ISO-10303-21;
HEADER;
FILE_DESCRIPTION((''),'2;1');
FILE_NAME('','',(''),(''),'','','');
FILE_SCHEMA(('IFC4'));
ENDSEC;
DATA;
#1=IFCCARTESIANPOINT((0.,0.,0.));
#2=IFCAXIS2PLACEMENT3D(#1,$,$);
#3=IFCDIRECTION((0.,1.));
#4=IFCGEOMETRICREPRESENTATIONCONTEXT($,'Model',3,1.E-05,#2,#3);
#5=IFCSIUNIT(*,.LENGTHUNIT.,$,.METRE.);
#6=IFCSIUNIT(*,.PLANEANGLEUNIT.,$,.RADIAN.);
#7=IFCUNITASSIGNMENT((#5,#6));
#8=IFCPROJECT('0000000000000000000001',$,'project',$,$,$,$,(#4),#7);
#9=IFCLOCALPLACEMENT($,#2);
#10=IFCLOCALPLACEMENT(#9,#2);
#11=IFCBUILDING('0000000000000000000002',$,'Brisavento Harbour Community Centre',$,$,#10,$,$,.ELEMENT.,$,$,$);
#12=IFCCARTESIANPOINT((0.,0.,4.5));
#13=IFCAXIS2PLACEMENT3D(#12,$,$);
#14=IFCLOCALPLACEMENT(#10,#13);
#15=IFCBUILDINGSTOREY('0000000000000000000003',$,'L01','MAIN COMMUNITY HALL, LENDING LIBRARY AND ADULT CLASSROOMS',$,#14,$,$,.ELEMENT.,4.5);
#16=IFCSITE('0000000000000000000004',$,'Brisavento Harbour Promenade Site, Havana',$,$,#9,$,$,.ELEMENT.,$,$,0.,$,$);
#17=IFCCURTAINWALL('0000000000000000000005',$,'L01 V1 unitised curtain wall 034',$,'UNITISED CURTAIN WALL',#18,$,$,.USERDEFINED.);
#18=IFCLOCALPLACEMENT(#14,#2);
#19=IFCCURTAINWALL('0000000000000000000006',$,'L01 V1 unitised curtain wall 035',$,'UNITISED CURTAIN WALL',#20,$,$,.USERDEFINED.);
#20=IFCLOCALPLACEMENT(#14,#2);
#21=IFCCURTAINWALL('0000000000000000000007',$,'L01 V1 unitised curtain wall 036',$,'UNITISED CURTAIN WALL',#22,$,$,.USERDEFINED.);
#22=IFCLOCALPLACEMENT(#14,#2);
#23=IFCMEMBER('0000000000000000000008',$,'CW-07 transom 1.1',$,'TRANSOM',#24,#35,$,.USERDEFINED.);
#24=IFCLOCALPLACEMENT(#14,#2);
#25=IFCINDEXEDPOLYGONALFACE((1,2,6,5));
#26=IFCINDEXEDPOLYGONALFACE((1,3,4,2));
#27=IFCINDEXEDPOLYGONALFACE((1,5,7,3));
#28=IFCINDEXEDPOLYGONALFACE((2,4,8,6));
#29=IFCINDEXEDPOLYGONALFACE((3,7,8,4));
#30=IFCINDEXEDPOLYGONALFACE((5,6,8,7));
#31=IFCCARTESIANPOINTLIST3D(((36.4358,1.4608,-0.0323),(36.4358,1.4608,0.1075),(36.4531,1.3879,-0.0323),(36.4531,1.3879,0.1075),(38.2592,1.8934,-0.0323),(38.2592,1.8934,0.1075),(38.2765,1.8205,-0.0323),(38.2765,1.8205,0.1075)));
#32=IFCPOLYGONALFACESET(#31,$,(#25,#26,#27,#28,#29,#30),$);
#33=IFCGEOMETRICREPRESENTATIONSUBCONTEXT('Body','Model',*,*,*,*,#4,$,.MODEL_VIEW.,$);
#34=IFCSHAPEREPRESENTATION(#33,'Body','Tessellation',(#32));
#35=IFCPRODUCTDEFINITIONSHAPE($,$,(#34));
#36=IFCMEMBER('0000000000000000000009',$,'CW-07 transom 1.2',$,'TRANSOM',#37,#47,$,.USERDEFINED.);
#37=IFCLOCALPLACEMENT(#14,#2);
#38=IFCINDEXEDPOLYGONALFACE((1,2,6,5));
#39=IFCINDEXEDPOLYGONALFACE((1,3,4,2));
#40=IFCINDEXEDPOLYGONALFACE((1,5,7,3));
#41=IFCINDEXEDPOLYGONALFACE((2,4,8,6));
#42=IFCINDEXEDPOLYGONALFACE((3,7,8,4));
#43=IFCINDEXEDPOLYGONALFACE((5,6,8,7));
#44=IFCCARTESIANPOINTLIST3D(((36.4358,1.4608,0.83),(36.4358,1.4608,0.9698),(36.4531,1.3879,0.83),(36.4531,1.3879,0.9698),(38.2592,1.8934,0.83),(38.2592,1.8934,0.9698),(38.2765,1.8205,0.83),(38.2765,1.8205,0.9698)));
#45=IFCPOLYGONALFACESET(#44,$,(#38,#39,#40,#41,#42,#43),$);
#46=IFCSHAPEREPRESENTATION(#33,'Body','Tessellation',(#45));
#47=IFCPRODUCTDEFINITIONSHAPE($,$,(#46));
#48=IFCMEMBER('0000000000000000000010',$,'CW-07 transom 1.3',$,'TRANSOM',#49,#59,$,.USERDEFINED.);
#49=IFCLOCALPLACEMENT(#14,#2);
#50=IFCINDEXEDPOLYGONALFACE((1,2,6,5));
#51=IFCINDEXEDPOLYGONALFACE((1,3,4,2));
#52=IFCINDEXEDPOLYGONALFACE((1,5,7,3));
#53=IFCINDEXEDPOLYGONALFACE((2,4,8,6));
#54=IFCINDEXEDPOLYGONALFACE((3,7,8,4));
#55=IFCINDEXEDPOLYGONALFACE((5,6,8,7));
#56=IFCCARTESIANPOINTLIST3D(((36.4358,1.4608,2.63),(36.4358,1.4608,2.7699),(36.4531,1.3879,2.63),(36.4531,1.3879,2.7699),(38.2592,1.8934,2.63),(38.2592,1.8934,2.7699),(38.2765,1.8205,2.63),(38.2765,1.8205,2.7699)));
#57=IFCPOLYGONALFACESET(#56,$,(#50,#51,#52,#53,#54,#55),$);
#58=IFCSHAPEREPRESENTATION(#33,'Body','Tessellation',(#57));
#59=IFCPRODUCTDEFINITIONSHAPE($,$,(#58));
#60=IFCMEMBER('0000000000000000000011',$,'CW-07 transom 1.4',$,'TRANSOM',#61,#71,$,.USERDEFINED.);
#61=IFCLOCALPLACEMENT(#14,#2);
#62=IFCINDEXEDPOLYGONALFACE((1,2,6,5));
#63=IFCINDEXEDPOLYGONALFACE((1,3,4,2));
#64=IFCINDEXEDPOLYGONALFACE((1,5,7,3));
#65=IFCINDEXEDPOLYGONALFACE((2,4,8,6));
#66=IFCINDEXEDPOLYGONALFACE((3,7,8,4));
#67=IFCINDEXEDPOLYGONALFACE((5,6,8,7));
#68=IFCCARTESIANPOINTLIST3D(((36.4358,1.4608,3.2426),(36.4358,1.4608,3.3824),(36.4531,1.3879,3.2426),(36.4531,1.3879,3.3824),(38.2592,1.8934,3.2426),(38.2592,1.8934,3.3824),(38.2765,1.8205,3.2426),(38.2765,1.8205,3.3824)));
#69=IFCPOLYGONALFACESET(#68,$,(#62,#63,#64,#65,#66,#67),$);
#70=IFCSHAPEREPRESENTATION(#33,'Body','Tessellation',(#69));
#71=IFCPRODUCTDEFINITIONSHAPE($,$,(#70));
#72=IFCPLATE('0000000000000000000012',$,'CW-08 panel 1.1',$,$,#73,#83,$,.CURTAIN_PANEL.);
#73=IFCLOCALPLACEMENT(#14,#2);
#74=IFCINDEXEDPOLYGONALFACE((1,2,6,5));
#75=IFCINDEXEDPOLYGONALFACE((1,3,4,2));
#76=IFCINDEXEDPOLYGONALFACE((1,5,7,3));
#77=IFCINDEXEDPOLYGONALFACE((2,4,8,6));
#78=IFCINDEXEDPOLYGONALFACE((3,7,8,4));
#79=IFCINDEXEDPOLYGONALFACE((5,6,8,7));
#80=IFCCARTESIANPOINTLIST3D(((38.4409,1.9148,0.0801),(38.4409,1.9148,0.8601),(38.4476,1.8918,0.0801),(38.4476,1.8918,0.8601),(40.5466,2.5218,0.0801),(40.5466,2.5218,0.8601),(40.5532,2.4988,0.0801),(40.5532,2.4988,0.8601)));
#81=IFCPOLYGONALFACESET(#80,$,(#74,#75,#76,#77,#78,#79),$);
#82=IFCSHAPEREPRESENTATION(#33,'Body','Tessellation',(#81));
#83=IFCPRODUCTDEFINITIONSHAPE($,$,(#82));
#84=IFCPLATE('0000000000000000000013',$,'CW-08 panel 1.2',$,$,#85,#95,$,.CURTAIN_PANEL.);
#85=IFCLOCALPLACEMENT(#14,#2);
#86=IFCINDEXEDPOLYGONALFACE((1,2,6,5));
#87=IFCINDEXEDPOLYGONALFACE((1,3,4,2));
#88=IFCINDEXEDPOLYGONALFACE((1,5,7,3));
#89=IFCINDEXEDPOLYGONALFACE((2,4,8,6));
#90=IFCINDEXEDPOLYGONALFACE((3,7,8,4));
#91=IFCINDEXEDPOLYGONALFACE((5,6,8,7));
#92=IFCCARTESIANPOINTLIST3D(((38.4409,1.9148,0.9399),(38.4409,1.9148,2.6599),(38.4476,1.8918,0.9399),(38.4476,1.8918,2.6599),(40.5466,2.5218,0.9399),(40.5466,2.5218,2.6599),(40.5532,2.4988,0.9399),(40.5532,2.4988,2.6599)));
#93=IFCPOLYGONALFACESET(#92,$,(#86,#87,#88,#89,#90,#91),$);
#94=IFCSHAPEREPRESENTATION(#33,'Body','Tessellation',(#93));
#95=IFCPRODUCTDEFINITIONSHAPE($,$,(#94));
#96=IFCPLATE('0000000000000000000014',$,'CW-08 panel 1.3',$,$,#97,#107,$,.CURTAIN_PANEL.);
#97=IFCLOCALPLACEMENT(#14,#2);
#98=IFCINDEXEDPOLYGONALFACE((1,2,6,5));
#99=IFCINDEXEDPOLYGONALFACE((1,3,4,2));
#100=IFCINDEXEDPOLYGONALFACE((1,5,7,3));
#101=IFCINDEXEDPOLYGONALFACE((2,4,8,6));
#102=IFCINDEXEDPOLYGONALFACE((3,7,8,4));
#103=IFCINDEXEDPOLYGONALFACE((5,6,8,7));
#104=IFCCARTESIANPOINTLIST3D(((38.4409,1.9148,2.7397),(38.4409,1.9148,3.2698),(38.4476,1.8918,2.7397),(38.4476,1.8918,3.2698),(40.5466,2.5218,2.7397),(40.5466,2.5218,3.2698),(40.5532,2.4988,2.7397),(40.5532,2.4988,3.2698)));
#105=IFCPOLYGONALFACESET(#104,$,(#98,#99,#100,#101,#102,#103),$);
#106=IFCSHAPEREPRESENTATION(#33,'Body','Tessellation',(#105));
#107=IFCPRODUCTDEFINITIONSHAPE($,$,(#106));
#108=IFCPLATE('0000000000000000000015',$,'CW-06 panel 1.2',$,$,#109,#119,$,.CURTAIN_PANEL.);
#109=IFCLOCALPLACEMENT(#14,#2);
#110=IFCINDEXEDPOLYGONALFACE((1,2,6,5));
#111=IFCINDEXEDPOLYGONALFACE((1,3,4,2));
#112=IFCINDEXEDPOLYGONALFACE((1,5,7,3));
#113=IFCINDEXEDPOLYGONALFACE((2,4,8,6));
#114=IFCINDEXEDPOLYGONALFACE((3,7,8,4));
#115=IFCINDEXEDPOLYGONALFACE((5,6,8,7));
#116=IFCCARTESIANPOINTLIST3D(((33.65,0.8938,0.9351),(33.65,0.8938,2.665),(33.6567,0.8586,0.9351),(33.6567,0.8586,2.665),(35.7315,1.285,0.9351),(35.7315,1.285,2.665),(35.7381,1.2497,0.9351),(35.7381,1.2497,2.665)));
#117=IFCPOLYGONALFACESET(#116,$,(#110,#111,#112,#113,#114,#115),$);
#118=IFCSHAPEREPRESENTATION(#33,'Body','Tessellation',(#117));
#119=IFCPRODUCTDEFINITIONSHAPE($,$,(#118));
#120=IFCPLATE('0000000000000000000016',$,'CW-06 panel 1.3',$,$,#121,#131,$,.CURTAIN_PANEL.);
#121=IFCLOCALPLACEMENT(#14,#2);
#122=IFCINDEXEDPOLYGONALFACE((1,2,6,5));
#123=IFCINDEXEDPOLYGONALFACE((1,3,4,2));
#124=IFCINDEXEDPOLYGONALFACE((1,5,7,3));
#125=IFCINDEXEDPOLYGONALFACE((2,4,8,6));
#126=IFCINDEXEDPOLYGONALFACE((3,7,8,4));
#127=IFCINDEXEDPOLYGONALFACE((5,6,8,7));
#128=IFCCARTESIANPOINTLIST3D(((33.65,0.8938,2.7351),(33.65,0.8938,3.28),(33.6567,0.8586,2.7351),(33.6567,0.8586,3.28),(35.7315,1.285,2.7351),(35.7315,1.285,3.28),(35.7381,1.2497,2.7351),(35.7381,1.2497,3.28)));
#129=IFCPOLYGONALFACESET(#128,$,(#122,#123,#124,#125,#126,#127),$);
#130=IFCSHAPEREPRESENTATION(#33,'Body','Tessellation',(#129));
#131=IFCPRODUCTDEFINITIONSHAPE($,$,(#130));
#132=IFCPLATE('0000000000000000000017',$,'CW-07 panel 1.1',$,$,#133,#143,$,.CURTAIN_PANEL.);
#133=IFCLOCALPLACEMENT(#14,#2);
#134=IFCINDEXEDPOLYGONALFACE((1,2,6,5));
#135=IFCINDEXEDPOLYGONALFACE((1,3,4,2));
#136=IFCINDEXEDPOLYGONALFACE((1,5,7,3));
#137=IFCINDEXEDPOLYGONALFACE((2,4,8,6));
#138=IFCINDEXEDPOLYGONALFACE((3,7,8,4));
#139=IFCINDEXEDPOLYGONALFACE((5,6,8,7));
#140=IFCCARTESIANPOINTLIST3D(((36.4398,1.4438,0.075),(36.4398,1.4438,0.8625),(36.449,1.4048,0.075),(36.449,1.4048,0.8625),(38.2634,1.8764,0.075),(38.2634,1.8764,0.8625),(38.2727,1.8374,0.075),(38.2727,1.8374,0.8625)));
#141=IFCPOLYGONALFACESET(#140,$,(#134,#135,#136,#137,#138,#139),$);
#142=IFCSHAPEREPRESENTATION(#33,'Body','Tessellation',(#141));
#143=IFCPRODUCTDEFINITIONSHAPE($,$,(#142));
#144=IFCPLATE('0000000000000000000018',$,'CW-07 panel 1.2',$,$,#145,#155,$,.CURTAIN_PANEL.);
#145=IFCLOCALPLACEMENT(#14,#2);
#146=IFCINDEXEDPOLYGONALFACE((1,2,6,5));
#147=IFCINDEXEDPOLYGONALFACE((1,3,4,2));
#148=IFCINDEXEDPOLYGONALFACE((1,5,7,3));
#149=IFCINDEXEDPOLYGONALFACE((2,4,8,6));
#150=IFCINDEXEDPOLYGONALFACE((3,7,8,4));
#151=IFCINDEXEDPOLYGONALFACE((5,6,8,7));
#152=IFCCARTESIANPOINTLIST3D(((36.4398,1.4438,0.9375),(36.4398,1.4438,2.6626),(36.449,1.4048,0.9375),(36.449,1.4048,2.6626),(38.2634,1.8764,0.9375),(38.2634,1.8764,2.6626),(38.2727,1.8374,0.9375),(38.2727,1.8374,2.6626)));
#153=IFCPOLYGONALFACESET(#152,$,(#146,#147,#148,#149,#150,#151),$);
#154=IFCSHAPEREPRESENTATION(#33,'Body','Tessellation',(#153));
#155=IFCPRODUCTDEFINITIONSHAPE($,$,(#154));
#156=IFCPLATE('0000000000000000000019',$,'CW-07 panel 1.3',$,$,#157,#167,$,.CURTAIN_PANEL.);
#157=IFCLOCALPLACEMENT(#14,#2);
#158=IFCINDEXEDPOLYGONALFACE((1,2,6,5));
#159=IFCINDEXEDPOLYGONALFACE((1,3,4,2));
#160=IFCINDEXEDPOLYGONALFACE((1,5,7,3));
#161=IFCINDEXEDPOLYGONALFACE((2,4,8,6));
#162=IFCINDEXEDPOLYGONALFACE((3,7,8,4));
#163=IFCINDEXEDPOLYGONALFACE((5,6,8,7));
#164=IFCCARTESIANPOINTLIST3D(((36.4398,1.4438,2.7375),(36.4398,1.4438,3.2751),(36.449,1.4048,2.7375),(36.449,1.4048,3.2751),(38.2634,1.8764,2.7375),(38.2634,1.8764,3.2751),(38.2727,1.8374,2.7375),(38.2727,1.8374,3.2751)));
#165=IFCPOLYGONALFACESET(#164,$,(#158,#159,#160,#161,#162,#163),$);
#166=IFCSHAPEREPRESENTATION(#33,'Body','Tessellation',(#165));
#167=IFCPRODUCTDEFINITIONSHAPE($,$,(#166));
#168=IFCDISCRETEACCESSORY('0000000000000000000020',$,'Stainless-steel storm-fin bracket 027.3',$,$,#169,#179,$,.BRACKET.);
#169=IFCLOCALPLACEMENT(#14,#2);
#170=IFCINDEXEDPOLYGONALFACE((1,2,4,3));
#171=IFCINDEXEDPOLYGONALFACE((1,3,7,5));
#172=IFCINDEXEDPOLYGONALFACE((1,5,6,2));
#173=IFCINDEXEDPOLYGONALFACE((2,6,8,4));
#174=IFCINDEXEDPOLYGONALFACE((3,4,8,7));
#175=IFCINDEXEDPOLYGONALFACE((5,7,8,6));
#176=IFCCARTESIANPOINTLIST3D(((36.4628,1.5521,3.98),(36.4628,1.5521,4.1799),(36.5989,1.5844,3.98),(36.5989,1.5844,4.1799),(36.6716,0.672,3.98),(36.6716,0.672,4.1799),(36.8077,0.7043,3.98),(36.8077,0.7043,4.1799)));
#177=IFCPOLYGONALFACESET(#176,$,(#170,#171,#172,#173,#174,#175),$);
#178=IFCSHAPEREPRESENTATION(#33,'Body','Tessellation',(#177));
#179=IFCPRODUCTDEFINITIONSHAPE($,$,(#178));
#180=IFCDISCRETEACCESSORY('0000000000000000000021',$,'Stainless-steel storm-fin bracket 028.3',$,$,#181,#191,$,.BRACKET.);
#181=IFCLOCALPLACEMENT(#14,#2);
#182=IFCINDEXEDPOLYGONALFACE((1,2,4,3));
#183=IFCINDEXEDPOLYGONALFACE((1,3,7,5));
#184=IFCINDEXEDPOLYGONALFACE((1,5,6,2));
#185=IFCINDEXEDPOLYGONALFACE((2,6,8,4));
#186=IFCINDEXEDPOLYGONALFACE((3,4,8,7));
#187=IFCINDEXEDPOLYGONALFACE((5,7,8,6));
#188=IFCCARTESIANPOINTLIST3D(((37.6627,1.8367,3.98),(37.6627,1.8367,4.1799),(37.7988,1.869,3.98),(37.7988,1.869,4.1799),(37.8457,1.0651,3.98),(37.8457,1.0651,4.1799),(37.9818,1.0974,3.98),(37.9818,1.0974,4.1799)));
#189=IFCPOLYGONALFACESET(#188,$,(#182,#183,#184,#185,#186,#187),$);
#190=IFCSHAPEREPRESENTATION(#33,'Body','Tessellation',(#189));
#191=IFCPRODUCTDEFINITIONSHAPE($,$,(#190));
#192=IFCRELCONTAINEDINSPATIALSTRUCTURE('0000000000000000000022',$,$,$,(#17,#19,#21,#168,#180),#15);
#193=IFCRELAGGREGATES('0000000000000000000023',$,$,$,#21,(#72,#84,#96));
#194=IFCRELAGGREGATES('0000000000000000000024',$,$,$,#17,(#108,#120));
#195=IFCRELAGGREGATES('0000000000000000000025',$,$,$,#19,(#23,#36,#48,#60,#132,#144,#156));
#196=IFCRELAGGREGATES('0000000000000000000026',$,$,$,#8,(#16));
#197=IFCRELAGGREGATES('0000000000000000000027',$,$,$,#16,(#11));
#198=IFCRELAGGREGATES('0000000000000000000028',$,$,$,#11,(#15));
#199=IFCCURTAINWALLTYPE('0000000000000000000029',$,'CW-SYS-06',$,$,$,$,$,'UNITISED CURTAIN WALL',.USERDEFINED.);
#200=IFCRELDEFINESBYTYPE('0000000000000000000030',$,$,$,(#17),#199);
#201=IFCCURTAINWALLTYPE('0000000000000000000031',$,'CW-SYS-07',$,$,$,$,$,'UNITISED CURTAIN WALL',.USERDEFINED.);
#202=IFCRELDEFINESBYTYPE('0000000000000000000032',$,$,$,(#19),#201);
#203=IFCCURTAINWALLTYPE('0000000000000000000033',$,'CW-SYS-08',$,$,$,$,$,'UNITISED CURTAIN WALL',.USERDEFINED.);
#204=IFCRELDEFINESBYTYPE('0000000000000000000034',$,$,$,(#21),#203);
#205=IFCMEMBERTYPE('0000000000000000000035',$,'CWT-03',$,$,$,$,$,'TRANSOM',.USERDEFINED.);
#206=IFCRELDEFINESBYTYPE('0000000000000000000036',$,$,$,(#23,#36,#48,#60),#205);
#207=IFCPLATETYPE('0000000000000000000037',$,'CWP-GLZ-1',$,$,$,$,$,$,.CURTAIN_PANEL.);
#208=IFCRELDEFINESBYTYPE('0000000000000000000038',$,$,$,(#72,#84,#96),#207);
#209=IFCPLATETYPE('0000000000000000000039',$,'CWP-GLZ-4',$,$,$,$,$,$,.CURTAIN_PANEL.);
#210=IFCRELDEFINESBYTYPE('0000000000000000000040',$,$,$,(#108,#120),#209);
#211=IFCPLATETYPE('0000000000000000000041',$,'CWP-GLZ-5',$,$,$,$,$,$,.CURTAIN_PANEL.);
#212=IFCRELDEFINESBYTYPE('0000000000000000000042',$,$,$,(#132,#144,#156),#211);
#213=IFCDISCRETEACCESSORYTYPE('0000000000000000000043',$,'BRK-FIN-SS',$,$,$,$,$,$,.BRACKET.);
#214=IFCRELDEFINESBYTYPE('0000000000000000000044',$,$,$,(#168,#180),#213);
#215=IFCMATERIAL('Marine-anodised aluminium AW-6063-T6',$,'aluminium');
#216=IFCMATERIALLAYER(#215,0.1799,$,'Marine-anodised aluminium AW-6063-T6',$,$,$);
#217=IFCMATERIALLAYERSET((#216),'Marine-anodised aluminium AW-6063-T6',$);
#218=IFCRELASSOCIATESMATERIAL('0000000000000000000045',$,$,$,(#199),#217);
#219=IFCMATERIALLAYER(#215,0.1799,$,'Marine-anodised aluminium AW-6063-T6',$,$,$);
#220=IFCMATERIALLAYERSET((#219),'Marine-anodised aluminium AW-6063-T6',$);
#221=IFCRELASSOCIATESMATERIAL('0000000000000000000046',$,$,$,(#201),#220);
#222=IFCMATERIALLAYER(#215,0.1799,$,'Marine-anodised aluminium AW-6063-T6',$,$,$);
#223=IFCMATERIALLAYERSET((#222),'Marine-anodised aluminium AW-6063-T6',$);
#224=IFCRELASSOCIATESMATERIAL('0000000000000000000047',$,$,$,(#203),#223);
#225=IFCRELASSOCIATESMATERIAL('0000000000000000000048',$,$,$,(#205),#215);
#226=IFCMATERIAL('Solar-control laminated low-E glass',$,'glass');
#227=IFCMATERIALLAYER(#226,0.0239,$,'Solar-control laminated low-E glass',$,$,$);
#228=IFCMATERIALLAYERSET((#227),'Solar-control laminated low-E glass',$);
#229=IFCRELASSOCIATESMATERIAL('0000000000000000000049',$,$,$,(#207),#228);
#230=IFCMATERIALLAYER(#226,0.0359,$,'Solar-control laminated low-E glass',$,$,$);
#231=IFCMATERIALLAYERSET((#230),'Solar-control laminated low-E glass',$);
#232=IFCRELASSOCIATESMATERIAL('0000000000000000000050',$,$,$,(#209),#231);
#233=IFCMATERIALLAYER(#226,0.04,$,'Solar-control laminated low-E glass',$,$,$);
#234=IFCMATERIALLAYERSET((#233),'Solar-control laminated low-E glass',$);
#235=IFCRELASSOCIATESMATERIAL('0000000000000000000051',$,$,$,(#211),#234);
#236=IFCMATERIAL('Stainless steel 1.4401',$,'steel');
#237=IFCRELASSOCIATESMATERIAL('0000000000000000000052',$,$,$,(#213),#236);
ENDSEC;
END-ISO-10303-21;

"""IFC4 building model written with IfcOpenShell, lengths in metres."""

from ifc_helpers import new_model, si_unit, direction, frame, origin, origin_2d, place, context, subcontext, project, spatial, rectangle, extrude, material, layer, layer_set, material_profile, profile_set, type_object, element, aggregate, save


model = new_model("IFC4")

# Units and contexts
model_context = context("Model", 3, precision=1e-05, world=origin(), true_north=direction((0.0, 1.0)))
body_context = subcontext(model_context, "Body", "Model", "MODEL_VIEW")
ifc_project = project(units=[si_unit("LENGTHUNIT", "METRE"), si_unit("PLANEANGLEUNIT", "RADIAN")], contexts=[model_context])

# Site, building, storey
site_placement = place(None, origin())
site = spatial("IfcSite", under=ifc_project, at=site_placement, Name="Brisavento Harbour Promenade Site, Havana", CompositionType="ELEMENT", RefElevation=0.0)
building_placement = place(site_placement, origin())
building = spatial("IfcBuilding", under=site, at=building_placement, Name="Brisavento Harbour Community Centre", CompositionType="ELEMENT")
storey_placement = place(building_placement, frame((0.0, 0.0, 4.5)))
storey = spatial("IfcBuildingStorey", under=building, at=storey_placement, Name="L01", Description="MAIN COMMUNITY HALL, LENDING LIBRARY AND ADULT CLASSROOMS", CompositionType="ELEMENT", Elevation=4.5)

# Curtain wall
ifc_material_1 = material(Name="Marine-anodised aluminium AW-6063-T6", Category="aluminium")
ifc_layer_1 = layer(ifc_material_1, 0.1799, Name="Marine-anodised aluminium AW-6063-T6")
ifc_layer_set_1 = layer_set([ifc_layer_1], Name="Marine-anodised aluminium AW-6063-T6")
curtain_wall_type_1 = type_object("IfcCurtainWallType", Name="CW-SYS-06", ElementType="UNITISED CURTAIN WALL", PredefinedType="USERDEFINED", material=ifc_layer_set_1)
curtain_wall_1_placement = place(storey_placement, origin())
curtain_wall_1 = element("IfcCurtainWall", 1, at=curtain_wall_1_placement, inside=storey, type_object=curtain_wall_type_1, Name="L01 V1 unitised curtain wall 034", ObjectType="UNITISED CURTAIN WALL", PredefinedType="USERDEFINED")

# Curtain wall
ifc_layer_2 = layer(ifc_material_1, 0.1799, Name="Marine-anodised aluminium AW-6063-T6")
ifc_layer_set_2 = layer_set([ifc_layer_2], Name="Marine-anodised aluminium AW-6063-T6")
curtain_wall_type_2 = type_object("IfcCurtainWallType", Name="CW-SYS-07", ElementType="UNITISED CURTAIN WALL", PredefinedType="USERDEFINED", material=ifc_layer_set_2)
curtain_wall_2_placement = place(storey_placement, origin())
curtain_wall_2 = element("IfcCurtainWall", 2, at=curtain_wall_2_placement, inside=storey, type_object=curtain_wall_type_2, Name="L01 V1 unitised curtain wall 035", ObjectType="UNITISED CURTAIN WALL", PredefinedType="USERDEFINED")

# Curtain wall
ifc_layer_3 = layer(ifc_material_1, 0.1799, Name="Marine-anodised aluminium AW-6063-T6")
ifc_layer_set_3 = layer_set([ifc_layer_3], Name="Marine-anodised aluminium AW-6063-T6")
curtain_wall_type_3 = type_object("IfcCurtainWallType", Name="CW-SYS-08", ElementType="UNITISED CURTAIN WALL", PredefinedType="USERDEFINED", material=ifc_layer_set_3)
curtain_wall_3_placement = place(storey_placement, origin())
curtain_wall_3 = element("IfcCurtainWall", 3, at=curtain_wall_3_placement, inside=storey, type_object=curtain_wall_type_3, Name="L01 V1 unitised curtain wall 036", ObjectType="UNITISED CURTAIN WALL", PredefinedType="USERDEFINED")

# Members
ifc_material_profile_1 = material_profile(ifc_material_1, rectangle(XDim=0.075, YDim=0.1399, at=origin_2d()), Name="Marine-anodised aluminium AW-6063-T6")
ifc_profile_set_1 = profile_set([ifc_material_profile_1], Name="Marine-anodised aluminium AW-6063-T6")
member_type_1 = type_object("IfcMemberType", Name="CWT-03", ElementType="TRANSOM", PredefinedType="USERDEFINED", material=ifc_profile_set_1)
member_1_placement = place(storey_placement, frame((38.2678, 1.8569, 0.0376), z_axis=(-0.972992, -0.23084, 0.0), x_axis=(0.23084, -0.972992, 0.0)))
member_1 = element("IfcMember", 4, at=member_1_placement, type_object=member_type_1, Name="CW-07 transom 1.1", ObjectType="TRANSOM", PredefinedType="USERDEFINED", context=body_context, shape_type="SweptSolid", body=[
    extrude(rectangle(XDim=0.075, YDim=0.1399, at=origin_2d()), origin(), (0.0, 0.0, 1.0), 1.874),
])
member_2_placement = place(storey_placement, frame((38.2678, 1.8569, 0.8999), z_axis=(-0.972992, -0.23084, 0.0), x_axis=(0.23084, -0.972992, 0.0)))
member_2 = element("IfcMember", 5, at=member_2_placement, type_object=member_type_1, Name="CW-07 transom 1.2", ObjectType="TRANSOM", PredefinedType="USERDEFINED", context=body_context, shape_type="SweptSolid", body=[
    extrude(rectangle(XDim=0.075, YDim=0.1399, at=origin_2d()), origin(), (0.0, 0.0, 1.0), 1.874),
])
member_3_placement = place(storey_placement, frame((38.2678, 1.8569, 2.7), z_axis=(-0.972992, -0.23084, 0.0), x_axis=(0.23084, -0.972992, 0.0)))
member_3 = element("IfcMember", 6, at=member_3_placement, type_object=member_type_1, Name="CW-07 transom 1.3", ObjectType="TRANSOM", PredefinedType="USERDEFINED", context=body_context, shape_type="SweptSolid", body=[
    extrude(rectangle(XDim=0.075, YDim=0.1399, at=origin_2d()), origin(), (0.0, 0.0, 1.0), 1.874),
])
member_4_placement = place(storey_placement, frame((38.2678, 1.8569, 3.3125), z_axis=(-0.972992, -0.23084, 0.0), x_axis=(0.23084, -0.972992, 0.0)))
member_4 = element("IfcMember", 7, at=member_4_placement, type_object=member_type_1, Name="CW-07 transom 1.4", ObjectType="TRANSOM", PredefinedType="USERDEFINED", context=body_context, shape_type="SweptSolid", body=[
    extrude(rectangle(XDim=0.075, YDim=0.1399, at=origin_2d()), origin(), (0.0, 0.0, 1.0), 1.874),
])

# Plates
ifc_material_2 = material(Name="Solar-control laminated low-E glass", Category="glass")
ifc_layer_4 = layer(ifc_material_2, 0.0239, Name="Solar-control laminated low-E glass")
ifc_layer_set_4 = layer_set([ifc_layer_4], Name="Solar-control laminated low-E glass")
plate_type_1 = type_object("IfcPlateType", Name="CWP-GLZ-1", PredefinedType="CURTAIN_PANEL", material=ifc_layer_set_4)
plate_1_placement = place(storey_placement, frame((39.4971, 2.2068, 0.0801), z_axis=(0.0, 0.0, 1.0), x_axis=(-0.960866, -0.277012, 0.0)))
plate_1 = element("IfcPlate", 8, at=plate_1_placement, type_object=plate_type_1, Name="CW-08 panel 1.1", PredefinedType="CURTAIN_PANEL", context=body_context, shape_type="SweptSolid", body=[
    extrude(rectangle(XDim=2.1914, YDim=0.0239, at=origin_2d()), origin(), (0.0, 0.0, 1.0), 0.78),
])
plate_2_placement = place(storey_placement, frame((39.4971, 2.2068, 0.9399), z_axis=(0.0, 0.0, 1.0), x_axis=(-0.960866, -0.277012, 0.0)))
plate_2 = element("IfcPlate", 9, at=plate_2_placement, type_object=plate_type_1, Name="CW-08 panel 1.2", PredefinedType="CURTAIN_PANEL", context=body_context, shape_type="SweptSolid", body=[
    extrude(rectangle(XDim=2.1914, YDim=0.0239, at=origin_2d()), origin(), (0.0, 0.0, 1.0), 1.72),
])
plate_3_placement = place(storey_placement, frame((39.4971, 2.2068, 2.7397), z_axis=(0.0, 0.0, 1.0), x_axis=(-0.960866, -0.277012, 0.0)))
plate_3 = element("IfcPlate", 10, at=plate_3_placement, type_object=plate_type_1, Name="CW-08 panel 1.3", PredefinedType="CURTAIN_PANEL", context=body_context, shape_type="SweptSolid", body=[
    extrude(rectangle(XDim=2.1914, YDim=0.0239, at=origin_2d()), origin(), (0.0, 0.0, 1.0), 0.53),
])
aggregate(curtain_wall_3, [plate_1, plate_2, plate_3])
ifc_layer_5 = layer(ifc_material_2, 0.0359, Name="Solar-control laminated low-E glass")
ifc_layer_set_5 = layer_set([ifc_layer_5], Name="Solar-control laminated low-E glass")
plate_type_2 = type_object("IfcPlateType", Name="CWP-GLZ-4", PredefinedType="CURTAIN_PANEL", material=ifc_layer_set_5)
plate_4_placement = place(storey_placement, frame((34.6941, 1.0718, 0.9351), z_axis=(0.0, 0.0, 1.0), x_axis=(-0.982797, -0.18469, 0.0)))
plate_4 = element("IfcPlate", 11, at=plate_4_placement, type_object=plate_type_2, Name="CW-06 panel 1.2", PredefinedType="CURTAIN_PANEL", context=body_context, shape_type="SweptSolid", body=[
    extrude(rectangle(XDim=2.1179, YDim=0.0359, at=origin_2d()), origin(), (0.0, 0.0, 1.0), 1.73),
])
plate_5_placement = place(storey_placement, frame((34.6941, 1.0718, 2.7351), z_axis=(0.0, 0.0, 1.0), x_axis=(-0.982797, -0.18469, 0.0)))
plate_5 = element("IfcPlate", 12, at=plate_5_placement, type_object=plate_type_2, Name="CW-06 panel 1.3", PredefinedType="CURTAIN_PANEL", context=body_context, shape_type="SweptSolid", body=[
    extrude(rectangle(XDim=2.1179, YDim=0.0359, at=origin_2d()), origin(), (0.0, 0.0, 1.0), 0.5449),
])
aggregate(curtain_wall_1, [plate_4, plate_5])
ifc_layer_6 = layer(ifc_material_2, 0.04, Name="Solar-control laminated low-E glass")
ifc_layer_set_6 = layer_set([ifc_layer_6], Name="Solar-control laminated low-E glass")
plate_type_3 = type_object("IfcPlateType", Name="CWP-GLZ-5", PredefinedType="CURTAIN_PANEL", material=ifc_layer_set_6)
plate_6_placement = place(storey_placement, frame((37.3562, 1.6406, 0.075), z_axis=(0.0, 0.0, 1.0), x_axis=(-0.972998, -0.230812, 0.0)))
plate_6 = element("IfcPlate", 13, at=plate_6_placement, type_object=plate_type_3, Name="CW-07 panel 1.1", PredefinedType="CURTAIN_PANEL", context=body_context, shape_type="SweptSolid", body=[
    extrude(rectangle(XDim=1.8743, YDim=0.04, at=origin_2d()), origin(), (0.0, 0.0, 1.0), 0.7876),
])
plate_7_placement = place(storey_placement, frame((37.3562, 1.6406, 0.9375), z_axis=(0.0, 0.0, 1.0), x_axis=(-0.972998, -0.230812, 0.0)))
plate_7 = element("IfcPlate", 14, at=plate_7_placement, type_object=plate_type_3, Name="CW-07 panel 1.2", PredefinedType="CURTAIN_PANEL", context=body_context, shape_type="SweptSolid", body=[
    extrude(rectangle(XDim=1.8743, YDim=0.04, at=origin_2d()), origin(), (0.0, 0.0, 1.0), 1.7251),
])
plate_8_placement = place(storey_placement, frame((37.3562, 1.6406, 2.7375), z_axis=(0.0, 0.0, 1.0), x_axis=(-0.972998, -0.230812, 0.0)))
plate_8 = element("IfcPlate", 15, at=plate_8_placement, type_object=plate_type_3, Name="CW-07 panel 1.3", PredefinedType="CURTAIN_PANEL", context=body_context, shape_type="SweptSolid", body=[
    extrude(rectangle(XDim=1.8743, YDim=0.04, at=origin_2d()), origin(), (0.0, 0.0, 1.0), 0.5376),
])
aggregate(curtain_wall_2, [member_1, member_2, member_3, member_4, plate_6, plate_7, plate_8])

# Discrete accessories
ifc_material_3 = material(Name="Stainless steel 1.4401", Category="steel")
discrete_accessory_type = type_object("IfcDiscreteAccessoryType", Name="BRK-FIN-SS", PredefinedType="BRACKET", material=ifc_material_3)
discrete_accessory_1_placement = place(storey_placement, frame((36.6353, 1.1282, 3.98), z_axis=(0.0, 0.0, 1.0), x_axis=(0.230831, -0.972994, 0.0)))
element("IfcDiscreteAccessory", 16, at=discrete_accessory_1_placement, inside=storey, type_object=discrete_accessory_type, Name="Stainless-steel storm-fin bracket 027.3", PredefinedType="BRACKET", context=body_context, shape_type="SweptSolid", body=[
    extrude(rectangle(XDim=0.9045, YDim=0.1399, at=origin_2d()), origin(), (0.0, 0.0, 1.0), 0.2),
])
discrete_accessory_2_placement = place(storey_placement, frame((37.8223, 1.467, 3.98), z_axis=(0.0, 0.0, 1.0), x_axis=(0.230831, -0.972994, 0.0)))
element("IfcDiscreteAccessory", 17, at=discrete_accessory_2_placement, inside=storey, type_object=discrete_accessory_type, Name="Stainless-steel storm-fin bracket 028.3", PredefinedType="BRACKET", context=body_context, shape_type="SweptSolid", body=[
    extrude(rectangle(XDim=0.793, YDim=0.1399, at=origin_2d()), origin(), (0.0, 0.0, 1.0), 0.2),
])

save(model, "model.ifc")
